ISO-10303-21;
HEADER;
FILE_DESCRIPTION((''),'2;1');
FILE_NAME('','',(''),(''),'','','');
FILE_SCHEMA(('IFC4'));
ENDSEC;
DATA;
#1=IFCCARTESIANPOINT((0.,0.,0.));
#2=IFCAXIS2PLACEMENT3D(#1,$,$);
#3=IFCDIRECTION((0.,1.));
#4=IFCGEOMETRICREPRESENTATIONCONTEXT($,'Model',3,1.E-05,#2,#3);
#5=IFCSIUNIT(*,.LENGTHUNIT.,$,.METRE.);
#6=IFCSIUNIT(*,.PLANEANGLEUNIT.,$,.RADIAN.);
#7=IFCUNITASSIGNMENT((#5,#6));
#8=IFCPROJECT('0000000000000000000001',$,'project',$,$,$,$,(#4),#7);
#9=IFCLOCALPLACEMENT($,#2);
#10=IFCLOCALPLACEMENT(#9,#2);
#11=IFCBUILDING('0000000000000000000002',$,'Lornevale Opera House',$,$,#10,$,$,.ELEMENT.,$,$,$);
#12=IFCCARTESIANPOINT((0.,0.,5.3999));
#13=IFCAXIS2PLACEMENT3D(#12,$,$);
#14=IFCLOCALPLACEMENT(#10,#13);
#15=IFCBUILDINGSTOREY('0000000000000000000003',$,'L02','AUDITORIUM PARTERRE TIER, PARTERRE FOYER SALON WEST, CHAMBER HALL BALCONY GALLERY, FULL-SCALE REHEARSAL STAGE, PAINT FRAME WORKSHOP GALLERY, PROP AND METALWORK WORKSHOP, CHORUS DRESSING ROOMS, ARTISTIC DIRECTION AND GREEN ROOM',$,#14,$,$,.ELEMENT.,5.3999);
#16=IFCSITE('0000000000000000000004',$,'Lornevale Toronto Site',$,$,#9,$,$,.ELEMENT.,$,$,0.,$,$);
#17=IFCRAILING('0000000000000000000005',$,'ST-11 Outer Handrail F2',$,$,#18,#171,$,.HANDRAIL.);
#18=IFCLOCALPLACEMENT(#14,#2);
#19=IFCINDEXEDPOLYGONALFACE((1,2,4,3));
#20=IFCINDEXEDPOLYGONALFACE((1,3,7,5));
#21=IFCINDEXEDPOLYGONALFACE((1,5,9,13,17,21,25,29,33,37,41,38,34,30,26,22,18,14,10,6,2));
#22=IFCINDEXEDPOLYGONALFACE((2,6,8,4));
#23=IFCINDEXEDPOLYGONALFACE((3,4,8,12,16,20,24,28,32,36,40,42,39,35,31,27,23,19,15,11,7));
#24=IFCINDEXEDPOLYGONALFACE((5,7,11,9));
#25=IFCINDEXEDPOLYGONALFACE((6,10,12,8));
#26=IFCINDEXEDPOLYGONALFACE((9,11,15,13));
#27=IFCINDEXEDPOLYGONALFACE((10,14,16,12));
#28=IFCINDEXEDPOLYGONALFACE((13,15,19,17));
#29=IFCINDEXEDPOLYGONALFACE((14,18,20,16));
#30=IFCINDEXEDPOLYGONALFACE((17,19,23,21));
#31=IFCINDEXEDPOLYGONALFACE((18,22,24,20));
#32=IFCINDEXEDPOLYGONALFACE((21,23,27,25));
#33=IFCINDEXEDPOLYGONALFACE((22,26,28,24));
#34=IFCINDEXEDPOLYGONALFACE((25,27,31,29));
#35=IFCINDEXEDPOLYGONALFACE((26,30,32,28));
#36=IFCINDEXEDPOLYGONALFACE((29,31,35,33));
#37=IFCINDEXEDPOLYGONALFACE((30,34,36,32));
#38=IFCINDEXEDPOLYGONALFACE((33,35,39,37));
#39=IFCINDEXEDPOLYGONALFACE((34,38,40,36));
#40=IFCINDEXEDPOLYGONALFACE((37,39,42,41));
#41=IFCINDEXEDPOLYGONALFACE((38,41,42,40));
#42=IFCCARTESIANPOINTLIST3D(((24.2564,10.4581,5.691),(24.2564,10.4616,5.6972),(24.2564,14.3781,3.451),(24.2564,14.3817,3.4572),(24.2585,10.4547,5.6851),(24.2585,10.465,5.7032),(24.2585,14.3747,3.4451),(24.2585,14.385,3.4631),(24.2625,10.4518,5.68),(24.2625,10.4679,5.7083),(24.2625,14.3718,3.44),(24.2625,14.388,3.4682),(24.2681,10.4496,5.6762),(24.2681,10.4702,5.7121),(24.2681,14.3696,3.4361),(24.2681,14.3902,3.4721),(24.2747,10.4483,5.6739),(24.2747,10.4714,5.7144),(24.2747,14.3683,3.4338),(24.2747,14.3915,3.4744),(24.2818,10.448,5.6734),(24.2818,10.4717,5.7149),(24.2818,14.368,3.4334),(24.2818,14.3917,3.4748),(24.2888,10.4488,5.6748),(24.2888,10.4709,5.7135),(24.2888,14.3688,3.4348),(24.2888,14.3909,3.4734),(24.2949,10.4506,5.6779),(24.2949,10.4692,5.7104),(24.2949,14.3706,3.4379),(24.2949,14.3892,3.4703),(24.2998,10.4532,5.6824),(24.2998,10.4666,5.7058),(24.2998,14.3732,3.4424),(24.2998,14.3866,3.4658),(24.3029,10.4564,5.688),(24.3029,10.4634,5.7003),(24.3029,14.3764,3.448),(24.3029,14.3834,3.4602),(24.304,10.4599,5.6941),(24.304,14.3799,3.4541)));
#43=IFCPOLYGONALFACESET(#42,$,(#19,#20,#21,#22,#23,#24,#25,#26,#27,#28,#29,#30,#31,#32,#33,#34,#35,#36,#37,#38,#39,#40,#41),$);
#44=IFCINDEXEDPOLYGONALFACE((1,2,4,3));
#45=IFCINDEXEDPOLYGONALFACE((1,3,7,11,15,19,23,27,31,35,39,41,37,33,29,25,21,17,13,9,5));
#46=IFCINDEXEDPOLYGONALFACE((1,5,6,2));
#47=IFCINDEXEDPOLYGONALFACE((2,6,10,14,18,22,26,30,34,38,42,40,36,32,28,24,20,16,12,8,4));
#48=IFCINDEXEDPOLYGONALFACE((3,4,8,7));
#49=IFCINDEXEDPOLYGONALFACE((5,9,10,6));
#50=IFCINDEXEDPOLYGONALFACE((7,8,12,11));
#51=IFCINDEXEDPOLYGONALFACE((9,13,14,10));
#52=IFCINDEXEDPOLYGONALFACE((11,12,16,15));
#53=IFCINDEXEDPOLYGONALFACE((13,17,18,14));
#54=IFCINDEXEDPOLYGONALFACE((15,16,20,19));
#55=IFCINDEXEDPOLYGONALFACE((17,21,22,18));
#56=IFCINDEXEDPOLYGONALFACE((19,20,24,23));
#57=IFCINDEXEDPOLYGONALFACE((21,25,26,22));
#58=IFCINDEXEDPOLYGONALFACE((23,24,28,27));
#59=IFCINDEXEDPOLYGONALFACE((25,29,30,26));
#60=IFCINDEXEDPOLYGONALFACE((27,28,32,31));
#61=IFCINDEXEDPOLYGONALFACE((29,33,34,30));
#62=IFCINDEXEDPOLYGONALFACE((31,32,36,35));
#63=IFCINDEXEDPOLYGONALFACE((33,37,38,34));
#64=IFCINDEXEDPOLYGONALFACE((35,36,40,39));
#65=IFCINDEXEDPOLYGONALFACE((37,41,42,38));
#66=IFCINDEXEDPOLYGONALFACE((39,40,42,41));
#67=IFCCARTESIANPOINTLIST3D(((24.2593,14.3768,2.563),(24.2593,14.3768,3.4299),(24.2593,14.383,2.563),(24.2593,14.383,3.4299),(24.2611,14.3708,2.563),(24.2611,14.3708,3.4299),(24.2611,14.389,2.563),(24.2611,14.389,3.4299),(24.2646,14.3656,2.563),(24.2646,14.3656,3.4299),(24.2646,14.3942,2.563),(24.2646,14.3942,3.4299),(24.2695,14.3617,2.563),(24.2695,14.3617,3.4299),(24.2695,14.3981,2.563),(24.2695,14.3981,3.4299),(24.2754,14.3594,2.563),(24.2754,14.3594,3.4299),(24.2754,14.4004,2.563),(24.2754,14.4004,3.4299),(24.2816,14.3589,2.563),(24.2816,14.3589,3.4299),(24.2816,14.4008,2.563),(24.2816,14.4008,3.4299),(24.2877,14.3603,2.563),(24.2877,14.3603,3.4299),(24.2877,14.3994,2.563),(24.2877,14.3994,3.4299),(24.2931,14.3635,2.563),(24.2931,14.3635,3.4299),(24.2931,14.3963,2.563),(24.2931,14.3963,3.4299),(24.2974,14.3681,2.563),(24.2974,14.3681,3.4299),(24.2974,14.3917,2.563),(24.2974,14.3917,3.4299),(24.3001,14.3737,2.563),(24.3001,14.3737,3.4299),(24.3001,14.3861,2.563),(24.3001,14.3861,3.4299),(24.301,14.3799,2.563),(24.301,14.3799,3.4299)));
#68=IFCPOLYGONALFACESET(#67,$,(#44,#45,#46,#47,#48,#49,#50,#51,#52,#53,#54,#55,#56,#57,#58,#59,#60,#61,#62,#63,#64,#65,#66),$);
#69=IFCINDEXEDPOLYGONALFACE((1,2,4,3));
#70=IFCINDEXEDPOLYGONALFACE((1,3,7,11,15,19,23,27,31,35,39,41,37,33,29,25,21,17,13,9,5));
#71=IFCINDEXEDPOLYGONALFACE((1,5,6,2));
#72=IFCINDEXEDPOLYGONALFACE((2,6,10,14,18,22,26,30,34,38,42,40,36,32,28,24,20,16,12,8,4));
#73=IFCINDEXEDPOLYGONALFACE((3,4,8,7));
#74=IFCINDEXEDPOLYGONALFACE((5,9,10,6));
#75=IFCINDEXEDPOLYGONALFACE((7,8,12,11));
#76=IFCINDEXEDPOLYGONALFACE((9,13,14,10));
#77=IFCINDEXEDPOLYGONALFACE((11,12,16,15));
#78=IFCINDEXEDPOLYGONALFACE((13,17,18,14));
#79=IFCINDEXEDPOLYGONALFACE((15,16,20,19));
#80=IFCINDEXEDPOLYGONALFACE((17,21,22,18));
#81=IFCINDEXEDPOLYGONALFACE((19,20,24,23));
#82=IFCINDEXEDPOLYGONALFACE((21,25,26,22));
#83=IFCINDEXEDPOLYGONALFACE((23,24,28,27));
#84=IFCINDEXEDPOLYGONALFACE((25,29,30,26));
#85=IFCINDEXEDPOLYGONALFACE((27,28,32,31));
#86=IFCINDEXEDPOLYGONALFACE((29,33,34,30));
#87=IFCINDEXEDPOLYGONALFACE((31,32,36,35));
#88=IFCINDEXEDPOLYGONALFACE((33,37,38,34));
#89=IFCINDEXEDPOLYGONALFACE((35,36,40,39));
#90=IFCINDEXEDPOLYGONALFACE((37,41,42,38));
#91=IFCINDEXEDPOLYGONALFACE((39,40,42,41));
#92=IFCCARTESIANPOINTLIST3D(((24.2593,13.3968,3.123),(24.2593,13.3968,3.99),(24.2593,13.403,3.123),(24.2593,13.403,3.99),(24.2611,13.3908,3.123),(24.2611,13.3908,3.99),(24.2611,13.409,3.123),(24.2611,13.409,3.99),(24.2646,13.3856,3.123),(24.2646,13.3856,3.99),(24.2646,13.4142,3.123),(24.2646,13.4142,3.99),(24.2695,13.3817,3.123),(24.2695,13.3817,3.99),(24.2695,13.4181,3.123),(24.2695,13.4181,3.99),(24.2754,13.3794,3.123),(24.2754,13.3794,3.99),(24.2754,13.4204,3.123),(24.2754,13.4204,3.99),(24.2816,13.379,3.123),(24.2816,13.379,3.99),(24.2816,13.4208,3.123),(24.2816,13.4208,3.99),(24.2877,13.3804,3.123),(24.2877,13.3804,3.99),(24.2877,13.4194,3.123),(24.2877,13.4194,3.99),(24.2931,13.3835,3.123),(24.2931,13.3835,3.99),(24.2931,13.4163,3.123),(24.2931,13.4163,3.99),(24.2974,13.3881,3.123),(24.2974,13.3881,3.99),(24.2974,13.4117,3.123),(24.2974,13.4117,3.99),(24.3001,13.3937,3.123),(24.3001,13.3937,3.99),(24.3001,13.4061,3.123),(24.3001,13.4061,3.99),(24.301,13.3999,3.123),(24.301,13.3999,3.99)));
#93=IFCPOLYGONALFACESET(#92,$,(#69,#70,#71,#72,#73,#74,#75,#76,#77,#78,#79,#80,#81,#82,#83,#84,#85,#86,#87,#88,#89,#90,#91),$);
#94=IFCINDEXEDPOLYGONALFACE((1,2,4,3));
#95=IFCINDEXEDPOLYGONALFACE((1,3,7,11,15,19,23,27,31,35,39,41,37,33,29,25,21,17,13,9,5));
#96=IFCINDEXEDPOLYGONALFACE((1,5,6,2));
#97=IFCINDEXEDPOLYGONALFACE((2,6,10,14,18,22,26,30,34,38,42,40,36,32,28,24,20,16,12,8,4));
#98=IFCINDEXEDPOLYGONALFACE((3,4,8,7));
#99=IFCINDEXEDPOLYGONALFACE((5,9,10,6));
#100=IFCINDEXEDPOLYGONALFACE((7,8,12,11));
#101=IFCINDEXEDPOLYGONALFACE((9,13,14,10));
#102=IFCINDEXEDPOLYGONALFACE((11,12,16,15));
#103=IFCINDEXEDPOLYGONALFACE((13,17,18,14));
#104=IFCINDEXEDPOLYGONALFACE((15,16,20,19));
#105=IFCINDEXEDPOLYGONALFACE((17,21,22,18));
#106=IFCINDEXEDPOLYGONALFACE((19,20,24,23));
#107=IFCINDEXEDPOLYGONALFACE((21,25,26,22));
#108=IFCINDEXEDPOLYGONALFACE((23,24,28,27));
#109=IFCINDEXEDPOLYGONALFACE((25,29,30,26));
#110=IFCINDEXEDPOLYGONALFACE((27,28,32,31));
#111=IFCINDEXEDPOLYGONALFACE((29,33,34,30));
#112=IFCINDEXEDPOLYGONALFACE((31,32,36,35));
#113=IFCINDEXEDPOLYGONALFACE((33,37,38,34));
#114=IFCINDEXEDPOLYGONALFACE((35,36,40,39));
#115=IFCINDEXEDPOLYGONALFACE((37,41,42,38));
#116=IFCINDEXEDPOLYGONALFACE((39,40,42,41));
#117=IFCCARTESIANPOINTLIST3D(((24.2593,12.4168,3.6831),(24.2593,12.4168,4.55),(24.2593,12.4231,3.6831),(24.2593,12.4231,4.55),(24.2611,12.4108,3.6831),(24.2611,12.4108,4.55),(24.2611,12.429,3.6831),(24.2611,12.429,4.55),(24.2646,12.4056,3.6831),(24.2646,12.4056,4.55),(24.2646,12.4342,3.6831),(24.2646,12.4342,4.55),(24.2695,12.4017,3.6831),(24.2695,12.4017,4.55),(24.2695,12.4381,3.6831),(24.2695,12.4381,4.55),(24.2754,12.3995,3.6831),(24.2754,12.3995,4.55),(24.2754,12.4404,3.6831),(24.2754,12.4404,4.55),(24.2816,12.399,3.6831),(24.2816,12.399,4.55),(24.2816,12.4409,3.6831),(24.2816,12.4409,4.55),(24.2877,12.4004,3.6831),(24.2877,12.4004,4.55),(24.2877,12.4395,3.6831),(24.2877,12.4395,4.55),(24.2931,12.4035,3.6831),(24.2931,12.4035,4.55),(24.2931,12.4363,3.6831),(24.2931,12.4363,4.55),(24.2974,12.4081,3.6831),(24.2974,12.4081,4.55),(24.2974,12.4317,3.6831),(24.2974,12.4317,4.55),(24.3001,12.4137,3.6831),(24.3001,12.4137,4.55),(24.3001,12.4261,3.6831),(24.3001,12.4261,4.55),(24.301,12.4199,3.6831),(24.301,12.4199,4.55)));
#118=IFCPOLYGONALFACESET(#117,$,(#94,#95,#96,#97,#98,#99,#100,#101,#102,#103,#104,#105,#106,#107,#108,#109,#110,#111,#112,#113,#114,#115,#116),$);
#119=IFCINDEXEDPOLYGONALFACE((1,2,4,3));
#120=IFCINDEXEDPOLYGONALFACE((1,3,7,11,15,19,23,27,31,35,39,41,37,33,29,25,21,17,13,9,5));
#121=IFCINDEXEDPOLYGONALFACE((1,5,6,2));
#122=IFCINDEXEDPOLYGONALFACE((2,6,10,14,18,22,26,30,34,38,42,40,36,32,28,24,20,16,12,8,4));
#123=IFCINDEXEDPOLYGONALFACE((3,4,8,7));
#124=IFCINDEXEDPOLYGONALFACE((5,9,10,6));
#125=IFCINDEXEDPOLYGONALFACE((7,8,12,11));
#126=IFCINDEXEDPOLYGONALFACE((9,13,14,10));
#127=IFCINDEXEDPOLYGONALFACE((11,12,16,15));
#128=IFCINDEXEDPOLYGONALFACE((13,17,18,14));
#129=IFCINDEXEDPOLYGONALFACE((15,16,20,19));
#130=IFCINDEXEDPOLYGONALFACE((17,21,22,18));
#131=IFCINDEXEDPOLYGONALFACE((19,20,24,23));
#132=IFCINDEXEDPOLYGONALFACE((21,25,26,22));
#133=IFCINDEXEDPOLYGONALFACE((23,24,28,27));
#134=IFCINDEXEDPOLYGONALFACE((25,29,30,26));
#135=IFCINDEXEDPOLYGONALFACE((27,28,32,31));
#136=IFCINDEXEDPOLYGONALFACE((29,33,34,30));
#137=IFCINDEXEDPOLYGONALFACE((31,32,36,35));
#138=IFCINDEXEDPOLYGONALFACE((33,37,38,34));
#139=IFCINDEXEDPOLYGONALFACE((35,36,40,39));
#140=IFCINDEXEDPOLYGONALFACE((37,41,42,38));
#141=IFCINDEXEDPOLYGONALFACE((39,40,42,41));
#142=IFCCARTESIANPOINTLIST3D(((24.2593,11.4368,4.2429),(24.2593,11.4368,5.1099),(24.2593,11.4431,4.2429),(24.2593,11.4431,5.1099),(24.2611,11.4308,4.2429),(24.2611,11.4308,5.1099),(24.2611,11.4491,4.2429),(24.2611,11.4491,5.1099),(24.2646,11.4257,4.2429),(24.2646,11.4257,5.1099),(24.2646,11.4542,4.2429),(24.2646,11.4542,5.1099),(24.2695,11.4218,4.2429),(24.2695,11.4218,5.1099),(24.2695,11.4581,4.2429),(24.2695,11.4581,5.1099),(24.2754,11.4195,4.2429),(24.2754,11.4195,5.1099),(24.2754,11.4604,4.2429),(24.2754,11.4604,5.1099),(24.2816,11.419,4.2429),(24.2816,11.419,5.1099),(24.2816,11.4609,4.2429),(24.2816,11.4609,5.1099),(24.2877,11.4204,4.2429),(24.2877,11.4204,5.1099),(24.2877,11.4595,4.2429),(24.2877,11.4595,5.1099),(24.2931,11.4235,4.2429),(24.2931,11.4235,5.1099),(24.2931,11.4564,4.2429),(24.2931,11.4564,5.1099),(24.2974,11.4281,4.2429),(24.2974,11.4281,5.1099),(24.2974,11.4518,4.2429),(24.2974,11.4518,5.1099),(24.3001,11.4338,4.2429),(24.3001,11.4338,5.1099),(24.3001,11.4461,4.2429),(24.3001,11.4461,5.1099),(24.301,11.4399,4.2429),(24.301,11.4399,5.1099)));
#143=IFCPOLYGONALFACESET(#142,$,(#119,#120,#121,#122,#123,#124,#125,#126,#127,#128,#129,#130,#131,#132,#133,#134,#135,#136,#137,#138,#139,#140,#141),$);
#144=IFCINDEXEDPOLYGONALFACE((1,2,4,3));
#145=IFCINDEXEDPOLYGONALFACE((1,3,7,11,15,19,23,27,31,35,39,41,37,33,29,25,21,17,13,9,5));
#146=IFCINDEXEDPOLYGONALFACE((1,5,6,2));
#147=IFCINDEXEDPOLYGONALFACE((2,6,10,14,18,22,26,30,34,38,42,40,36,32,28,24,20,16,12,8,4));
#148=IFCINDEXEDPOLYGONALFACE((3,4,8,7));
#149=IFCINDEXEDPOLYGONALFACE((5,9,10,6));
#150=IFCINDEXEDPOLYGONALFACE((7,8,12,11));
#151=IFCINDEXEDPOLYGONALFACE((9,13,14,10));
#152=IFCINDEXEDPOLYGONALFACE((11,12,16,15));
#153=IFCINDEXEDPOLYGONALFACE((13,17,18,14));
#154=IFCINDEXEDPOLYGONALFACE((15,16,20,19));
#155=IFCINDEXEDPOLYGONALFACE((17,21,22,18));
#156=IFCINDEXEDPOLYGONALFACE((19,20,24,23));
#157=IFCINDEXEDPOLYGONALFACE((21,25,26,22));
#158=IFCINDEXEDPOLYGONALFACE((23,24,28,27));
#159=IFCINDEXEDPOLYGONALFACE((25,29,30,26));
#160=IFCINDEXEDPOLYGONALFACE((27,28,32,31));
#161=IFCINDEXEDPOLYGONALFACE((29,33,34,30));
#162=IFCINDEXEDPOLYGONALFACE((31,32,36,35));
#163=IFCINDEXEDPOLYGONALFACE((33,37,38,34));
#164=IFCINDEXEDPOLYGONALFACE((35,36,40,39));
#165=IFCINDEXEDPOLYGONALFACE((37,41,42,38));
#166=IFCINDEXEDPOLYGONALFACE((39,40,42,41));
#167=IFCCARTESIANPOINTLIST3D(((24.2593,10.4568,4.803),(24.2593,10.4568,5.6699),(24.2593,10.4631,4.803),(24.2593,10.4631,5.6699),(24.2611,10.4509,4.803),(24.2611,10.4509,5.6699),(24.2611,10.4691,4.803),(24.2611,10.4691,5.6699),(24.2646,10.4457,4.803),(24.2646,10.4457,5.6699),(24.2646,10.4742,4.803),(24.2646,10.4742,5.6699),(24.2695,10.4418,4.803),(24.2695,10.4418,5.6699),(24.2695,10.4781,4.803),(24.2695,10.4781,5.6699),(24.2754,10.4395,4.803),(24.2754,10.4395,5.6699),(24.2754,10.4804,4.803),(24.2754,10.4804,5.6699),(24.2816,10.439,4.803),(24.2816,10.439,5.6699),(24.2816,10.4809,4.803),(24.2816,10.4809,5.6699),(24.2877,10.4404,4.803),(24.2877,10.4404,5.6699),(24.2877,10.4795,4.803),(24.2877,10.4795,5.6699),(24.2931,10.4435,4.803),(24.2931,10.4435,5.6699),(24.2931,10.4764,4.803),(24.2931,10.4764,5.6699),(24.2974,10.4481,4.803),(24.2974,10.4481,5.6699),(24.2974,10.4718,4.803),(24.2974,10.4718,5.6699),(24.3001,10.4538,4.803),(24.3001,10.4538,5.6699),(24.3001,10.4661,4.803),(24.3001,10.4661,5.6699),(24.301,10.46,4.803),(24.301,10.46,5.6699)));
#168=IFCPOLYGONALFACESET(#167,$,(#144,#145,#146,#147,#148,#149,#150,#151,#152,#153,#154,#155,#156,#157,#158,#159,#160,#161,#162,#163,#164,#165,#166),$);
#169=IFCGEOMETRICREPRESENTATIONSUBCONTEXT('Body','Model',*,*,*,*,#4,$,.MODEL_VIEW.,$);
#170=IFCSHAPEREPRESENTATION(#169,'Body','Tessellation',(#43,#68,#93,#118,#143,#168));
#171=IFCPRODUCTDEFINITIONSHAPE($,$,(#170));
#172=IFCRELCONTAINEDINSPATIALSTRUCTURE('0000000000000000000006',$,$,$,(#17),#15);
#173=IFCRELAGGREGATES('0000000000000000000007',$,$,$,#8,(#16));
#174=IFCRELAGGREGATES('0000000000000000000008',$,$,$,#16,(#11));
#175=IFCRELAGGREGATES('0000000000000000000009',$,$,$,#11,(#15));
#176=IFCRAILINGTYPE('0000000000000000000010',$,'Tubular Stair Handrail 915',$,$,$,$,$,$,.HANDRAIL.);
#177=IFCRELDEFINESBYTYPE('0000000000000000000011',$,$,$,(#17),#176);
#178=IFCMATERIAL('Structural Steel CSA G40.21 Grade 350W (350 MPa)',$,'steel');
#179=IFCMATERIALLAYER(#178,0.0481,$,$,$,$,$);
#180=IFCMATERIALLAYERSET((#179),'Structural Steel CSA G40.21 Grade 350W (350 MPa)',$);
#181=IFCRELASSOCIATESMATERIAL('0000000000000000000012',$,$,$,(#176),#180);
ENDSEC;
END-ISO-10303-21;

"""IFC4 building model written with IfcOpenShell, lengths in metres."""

from ifc_helpers import new_model, si_unit, direction, frame, origin, origin_2d, place, context, subcontext, project, spatial, circle, extrude, material, layer, layer_set, type_object, element, save


model = new_model("IFC4")

# Units and contexts
model_context = context("Model", 3, precision=1e-05, world=origin(), true_north=direction((0.0, 1.0)))
body_context = subcontext(model_context, "Body", "Model", "MODEL_VIEW")
ifc_project = project(units=[si_unit("LENGTHUNIT", "METRE"), si_unit("PLANEANGLEUNIT", "RADIAN")], contexts=[model_context])

# Site, building, storey
site_placement = place(None, origin())
site = spatial("IfcSite", under=ifc_project, at=site_placement, Name="Lornevale Toronto Site", CompositionType="ELEMENT", RefElevation=0.0)
building_placement = place(site_placement, origin())
building = spatial("IfcBuilding", under=site, at=building_placement, Name="Lornevale Opera House", CompositionType="ELEMENT")
storey_placement = place(building_placement, frame((0.0, 0.0, 5.3999)))
storey = spatial("IfcBuildingStorey", under=building, at=storey_placement, Name="L02", Description="AUDITORIUM PARTERRE TIER, PARTERRE FOYER SALON WEST, CHAMBER HALL BALCONY GALLERY, FULL-SCALE REHEARSAL STAGE, PAINT FRAME WORKSHOP GALLERY, PROP AND METALWORK WORKSHOP, CHORUS DRESSING ROOMS, ARTISTIC DIRECTION AND GREEN ROOM", CompositionType="ELEMENT", Elevation=5.3999)

# Shared definitions
ifc_material_1 = material(Name="Structural Steel CSA G40.21 Grade 350W (350 MPa)", Category="steel")

# Railing
ifc_layer_1 = layer(ifc_material_1, 0.0481)
ifc_layer_set_1 = layer_set([ifc_layer_1], Name="Structural Steel CSA G40.21 Grade 350W (350 MPa)")
railing_type_1 = type_object("IfcRailingType", Name="Tubular Stair Handrail 915", PredefinedType="HANDRAIL", material=ifc_layer_set_1)
railing_1_placement = place(storey_placement, frame((24.28, 14.3799, 2.563)))
element("IfcRailing", 1, at=railing_1_placement, inside=storey, type_object=railing_type_1, Name="ST-11 Outer Handrail F2", PredefinedType="HANDRAIL", context=body_context, shape_type="SweptSolid", body=[
    extrude(circle(Radius=0.0239, at=origin_2d()), frame((0.0, 0.0, 0.8911), z_axis=(0.0, -0.86824, 0.496145), x_axis=(1.0, 0.0, 0.0)), (0.0, 0.0, 1.0), 4.5149),
    extrude(circle(Radius=0.021, at=origin_2d()), origin(), (0.0, 0.0, 1.0), 0.8669),
    extrude(circle(Radius=0.021, at=origin_2d()), frame((0.0, -0.98, 0.5601)), (0.0, 0.0, 1.0), 0.8669),
    extrude(circle(Radius=0.021, at=origin_2d()), frame((0.0, -1.96, 1.1201)), (0.0, 0.0, 1.0), 0.8669),
    extrude(circle(Radius=0.021, at=origin_2d()), frame((0.0, -2.9399, 1.6799)), (0.0, 0.0, 1.0), 0.8669),
    extrude(circle(Radius=0.021, at=origin_2d()), frame((0.0, -3.9199, 2.24)), (0.0, 0.0, 1.0), 0.8669),
])

save(model, "model.ifc")
